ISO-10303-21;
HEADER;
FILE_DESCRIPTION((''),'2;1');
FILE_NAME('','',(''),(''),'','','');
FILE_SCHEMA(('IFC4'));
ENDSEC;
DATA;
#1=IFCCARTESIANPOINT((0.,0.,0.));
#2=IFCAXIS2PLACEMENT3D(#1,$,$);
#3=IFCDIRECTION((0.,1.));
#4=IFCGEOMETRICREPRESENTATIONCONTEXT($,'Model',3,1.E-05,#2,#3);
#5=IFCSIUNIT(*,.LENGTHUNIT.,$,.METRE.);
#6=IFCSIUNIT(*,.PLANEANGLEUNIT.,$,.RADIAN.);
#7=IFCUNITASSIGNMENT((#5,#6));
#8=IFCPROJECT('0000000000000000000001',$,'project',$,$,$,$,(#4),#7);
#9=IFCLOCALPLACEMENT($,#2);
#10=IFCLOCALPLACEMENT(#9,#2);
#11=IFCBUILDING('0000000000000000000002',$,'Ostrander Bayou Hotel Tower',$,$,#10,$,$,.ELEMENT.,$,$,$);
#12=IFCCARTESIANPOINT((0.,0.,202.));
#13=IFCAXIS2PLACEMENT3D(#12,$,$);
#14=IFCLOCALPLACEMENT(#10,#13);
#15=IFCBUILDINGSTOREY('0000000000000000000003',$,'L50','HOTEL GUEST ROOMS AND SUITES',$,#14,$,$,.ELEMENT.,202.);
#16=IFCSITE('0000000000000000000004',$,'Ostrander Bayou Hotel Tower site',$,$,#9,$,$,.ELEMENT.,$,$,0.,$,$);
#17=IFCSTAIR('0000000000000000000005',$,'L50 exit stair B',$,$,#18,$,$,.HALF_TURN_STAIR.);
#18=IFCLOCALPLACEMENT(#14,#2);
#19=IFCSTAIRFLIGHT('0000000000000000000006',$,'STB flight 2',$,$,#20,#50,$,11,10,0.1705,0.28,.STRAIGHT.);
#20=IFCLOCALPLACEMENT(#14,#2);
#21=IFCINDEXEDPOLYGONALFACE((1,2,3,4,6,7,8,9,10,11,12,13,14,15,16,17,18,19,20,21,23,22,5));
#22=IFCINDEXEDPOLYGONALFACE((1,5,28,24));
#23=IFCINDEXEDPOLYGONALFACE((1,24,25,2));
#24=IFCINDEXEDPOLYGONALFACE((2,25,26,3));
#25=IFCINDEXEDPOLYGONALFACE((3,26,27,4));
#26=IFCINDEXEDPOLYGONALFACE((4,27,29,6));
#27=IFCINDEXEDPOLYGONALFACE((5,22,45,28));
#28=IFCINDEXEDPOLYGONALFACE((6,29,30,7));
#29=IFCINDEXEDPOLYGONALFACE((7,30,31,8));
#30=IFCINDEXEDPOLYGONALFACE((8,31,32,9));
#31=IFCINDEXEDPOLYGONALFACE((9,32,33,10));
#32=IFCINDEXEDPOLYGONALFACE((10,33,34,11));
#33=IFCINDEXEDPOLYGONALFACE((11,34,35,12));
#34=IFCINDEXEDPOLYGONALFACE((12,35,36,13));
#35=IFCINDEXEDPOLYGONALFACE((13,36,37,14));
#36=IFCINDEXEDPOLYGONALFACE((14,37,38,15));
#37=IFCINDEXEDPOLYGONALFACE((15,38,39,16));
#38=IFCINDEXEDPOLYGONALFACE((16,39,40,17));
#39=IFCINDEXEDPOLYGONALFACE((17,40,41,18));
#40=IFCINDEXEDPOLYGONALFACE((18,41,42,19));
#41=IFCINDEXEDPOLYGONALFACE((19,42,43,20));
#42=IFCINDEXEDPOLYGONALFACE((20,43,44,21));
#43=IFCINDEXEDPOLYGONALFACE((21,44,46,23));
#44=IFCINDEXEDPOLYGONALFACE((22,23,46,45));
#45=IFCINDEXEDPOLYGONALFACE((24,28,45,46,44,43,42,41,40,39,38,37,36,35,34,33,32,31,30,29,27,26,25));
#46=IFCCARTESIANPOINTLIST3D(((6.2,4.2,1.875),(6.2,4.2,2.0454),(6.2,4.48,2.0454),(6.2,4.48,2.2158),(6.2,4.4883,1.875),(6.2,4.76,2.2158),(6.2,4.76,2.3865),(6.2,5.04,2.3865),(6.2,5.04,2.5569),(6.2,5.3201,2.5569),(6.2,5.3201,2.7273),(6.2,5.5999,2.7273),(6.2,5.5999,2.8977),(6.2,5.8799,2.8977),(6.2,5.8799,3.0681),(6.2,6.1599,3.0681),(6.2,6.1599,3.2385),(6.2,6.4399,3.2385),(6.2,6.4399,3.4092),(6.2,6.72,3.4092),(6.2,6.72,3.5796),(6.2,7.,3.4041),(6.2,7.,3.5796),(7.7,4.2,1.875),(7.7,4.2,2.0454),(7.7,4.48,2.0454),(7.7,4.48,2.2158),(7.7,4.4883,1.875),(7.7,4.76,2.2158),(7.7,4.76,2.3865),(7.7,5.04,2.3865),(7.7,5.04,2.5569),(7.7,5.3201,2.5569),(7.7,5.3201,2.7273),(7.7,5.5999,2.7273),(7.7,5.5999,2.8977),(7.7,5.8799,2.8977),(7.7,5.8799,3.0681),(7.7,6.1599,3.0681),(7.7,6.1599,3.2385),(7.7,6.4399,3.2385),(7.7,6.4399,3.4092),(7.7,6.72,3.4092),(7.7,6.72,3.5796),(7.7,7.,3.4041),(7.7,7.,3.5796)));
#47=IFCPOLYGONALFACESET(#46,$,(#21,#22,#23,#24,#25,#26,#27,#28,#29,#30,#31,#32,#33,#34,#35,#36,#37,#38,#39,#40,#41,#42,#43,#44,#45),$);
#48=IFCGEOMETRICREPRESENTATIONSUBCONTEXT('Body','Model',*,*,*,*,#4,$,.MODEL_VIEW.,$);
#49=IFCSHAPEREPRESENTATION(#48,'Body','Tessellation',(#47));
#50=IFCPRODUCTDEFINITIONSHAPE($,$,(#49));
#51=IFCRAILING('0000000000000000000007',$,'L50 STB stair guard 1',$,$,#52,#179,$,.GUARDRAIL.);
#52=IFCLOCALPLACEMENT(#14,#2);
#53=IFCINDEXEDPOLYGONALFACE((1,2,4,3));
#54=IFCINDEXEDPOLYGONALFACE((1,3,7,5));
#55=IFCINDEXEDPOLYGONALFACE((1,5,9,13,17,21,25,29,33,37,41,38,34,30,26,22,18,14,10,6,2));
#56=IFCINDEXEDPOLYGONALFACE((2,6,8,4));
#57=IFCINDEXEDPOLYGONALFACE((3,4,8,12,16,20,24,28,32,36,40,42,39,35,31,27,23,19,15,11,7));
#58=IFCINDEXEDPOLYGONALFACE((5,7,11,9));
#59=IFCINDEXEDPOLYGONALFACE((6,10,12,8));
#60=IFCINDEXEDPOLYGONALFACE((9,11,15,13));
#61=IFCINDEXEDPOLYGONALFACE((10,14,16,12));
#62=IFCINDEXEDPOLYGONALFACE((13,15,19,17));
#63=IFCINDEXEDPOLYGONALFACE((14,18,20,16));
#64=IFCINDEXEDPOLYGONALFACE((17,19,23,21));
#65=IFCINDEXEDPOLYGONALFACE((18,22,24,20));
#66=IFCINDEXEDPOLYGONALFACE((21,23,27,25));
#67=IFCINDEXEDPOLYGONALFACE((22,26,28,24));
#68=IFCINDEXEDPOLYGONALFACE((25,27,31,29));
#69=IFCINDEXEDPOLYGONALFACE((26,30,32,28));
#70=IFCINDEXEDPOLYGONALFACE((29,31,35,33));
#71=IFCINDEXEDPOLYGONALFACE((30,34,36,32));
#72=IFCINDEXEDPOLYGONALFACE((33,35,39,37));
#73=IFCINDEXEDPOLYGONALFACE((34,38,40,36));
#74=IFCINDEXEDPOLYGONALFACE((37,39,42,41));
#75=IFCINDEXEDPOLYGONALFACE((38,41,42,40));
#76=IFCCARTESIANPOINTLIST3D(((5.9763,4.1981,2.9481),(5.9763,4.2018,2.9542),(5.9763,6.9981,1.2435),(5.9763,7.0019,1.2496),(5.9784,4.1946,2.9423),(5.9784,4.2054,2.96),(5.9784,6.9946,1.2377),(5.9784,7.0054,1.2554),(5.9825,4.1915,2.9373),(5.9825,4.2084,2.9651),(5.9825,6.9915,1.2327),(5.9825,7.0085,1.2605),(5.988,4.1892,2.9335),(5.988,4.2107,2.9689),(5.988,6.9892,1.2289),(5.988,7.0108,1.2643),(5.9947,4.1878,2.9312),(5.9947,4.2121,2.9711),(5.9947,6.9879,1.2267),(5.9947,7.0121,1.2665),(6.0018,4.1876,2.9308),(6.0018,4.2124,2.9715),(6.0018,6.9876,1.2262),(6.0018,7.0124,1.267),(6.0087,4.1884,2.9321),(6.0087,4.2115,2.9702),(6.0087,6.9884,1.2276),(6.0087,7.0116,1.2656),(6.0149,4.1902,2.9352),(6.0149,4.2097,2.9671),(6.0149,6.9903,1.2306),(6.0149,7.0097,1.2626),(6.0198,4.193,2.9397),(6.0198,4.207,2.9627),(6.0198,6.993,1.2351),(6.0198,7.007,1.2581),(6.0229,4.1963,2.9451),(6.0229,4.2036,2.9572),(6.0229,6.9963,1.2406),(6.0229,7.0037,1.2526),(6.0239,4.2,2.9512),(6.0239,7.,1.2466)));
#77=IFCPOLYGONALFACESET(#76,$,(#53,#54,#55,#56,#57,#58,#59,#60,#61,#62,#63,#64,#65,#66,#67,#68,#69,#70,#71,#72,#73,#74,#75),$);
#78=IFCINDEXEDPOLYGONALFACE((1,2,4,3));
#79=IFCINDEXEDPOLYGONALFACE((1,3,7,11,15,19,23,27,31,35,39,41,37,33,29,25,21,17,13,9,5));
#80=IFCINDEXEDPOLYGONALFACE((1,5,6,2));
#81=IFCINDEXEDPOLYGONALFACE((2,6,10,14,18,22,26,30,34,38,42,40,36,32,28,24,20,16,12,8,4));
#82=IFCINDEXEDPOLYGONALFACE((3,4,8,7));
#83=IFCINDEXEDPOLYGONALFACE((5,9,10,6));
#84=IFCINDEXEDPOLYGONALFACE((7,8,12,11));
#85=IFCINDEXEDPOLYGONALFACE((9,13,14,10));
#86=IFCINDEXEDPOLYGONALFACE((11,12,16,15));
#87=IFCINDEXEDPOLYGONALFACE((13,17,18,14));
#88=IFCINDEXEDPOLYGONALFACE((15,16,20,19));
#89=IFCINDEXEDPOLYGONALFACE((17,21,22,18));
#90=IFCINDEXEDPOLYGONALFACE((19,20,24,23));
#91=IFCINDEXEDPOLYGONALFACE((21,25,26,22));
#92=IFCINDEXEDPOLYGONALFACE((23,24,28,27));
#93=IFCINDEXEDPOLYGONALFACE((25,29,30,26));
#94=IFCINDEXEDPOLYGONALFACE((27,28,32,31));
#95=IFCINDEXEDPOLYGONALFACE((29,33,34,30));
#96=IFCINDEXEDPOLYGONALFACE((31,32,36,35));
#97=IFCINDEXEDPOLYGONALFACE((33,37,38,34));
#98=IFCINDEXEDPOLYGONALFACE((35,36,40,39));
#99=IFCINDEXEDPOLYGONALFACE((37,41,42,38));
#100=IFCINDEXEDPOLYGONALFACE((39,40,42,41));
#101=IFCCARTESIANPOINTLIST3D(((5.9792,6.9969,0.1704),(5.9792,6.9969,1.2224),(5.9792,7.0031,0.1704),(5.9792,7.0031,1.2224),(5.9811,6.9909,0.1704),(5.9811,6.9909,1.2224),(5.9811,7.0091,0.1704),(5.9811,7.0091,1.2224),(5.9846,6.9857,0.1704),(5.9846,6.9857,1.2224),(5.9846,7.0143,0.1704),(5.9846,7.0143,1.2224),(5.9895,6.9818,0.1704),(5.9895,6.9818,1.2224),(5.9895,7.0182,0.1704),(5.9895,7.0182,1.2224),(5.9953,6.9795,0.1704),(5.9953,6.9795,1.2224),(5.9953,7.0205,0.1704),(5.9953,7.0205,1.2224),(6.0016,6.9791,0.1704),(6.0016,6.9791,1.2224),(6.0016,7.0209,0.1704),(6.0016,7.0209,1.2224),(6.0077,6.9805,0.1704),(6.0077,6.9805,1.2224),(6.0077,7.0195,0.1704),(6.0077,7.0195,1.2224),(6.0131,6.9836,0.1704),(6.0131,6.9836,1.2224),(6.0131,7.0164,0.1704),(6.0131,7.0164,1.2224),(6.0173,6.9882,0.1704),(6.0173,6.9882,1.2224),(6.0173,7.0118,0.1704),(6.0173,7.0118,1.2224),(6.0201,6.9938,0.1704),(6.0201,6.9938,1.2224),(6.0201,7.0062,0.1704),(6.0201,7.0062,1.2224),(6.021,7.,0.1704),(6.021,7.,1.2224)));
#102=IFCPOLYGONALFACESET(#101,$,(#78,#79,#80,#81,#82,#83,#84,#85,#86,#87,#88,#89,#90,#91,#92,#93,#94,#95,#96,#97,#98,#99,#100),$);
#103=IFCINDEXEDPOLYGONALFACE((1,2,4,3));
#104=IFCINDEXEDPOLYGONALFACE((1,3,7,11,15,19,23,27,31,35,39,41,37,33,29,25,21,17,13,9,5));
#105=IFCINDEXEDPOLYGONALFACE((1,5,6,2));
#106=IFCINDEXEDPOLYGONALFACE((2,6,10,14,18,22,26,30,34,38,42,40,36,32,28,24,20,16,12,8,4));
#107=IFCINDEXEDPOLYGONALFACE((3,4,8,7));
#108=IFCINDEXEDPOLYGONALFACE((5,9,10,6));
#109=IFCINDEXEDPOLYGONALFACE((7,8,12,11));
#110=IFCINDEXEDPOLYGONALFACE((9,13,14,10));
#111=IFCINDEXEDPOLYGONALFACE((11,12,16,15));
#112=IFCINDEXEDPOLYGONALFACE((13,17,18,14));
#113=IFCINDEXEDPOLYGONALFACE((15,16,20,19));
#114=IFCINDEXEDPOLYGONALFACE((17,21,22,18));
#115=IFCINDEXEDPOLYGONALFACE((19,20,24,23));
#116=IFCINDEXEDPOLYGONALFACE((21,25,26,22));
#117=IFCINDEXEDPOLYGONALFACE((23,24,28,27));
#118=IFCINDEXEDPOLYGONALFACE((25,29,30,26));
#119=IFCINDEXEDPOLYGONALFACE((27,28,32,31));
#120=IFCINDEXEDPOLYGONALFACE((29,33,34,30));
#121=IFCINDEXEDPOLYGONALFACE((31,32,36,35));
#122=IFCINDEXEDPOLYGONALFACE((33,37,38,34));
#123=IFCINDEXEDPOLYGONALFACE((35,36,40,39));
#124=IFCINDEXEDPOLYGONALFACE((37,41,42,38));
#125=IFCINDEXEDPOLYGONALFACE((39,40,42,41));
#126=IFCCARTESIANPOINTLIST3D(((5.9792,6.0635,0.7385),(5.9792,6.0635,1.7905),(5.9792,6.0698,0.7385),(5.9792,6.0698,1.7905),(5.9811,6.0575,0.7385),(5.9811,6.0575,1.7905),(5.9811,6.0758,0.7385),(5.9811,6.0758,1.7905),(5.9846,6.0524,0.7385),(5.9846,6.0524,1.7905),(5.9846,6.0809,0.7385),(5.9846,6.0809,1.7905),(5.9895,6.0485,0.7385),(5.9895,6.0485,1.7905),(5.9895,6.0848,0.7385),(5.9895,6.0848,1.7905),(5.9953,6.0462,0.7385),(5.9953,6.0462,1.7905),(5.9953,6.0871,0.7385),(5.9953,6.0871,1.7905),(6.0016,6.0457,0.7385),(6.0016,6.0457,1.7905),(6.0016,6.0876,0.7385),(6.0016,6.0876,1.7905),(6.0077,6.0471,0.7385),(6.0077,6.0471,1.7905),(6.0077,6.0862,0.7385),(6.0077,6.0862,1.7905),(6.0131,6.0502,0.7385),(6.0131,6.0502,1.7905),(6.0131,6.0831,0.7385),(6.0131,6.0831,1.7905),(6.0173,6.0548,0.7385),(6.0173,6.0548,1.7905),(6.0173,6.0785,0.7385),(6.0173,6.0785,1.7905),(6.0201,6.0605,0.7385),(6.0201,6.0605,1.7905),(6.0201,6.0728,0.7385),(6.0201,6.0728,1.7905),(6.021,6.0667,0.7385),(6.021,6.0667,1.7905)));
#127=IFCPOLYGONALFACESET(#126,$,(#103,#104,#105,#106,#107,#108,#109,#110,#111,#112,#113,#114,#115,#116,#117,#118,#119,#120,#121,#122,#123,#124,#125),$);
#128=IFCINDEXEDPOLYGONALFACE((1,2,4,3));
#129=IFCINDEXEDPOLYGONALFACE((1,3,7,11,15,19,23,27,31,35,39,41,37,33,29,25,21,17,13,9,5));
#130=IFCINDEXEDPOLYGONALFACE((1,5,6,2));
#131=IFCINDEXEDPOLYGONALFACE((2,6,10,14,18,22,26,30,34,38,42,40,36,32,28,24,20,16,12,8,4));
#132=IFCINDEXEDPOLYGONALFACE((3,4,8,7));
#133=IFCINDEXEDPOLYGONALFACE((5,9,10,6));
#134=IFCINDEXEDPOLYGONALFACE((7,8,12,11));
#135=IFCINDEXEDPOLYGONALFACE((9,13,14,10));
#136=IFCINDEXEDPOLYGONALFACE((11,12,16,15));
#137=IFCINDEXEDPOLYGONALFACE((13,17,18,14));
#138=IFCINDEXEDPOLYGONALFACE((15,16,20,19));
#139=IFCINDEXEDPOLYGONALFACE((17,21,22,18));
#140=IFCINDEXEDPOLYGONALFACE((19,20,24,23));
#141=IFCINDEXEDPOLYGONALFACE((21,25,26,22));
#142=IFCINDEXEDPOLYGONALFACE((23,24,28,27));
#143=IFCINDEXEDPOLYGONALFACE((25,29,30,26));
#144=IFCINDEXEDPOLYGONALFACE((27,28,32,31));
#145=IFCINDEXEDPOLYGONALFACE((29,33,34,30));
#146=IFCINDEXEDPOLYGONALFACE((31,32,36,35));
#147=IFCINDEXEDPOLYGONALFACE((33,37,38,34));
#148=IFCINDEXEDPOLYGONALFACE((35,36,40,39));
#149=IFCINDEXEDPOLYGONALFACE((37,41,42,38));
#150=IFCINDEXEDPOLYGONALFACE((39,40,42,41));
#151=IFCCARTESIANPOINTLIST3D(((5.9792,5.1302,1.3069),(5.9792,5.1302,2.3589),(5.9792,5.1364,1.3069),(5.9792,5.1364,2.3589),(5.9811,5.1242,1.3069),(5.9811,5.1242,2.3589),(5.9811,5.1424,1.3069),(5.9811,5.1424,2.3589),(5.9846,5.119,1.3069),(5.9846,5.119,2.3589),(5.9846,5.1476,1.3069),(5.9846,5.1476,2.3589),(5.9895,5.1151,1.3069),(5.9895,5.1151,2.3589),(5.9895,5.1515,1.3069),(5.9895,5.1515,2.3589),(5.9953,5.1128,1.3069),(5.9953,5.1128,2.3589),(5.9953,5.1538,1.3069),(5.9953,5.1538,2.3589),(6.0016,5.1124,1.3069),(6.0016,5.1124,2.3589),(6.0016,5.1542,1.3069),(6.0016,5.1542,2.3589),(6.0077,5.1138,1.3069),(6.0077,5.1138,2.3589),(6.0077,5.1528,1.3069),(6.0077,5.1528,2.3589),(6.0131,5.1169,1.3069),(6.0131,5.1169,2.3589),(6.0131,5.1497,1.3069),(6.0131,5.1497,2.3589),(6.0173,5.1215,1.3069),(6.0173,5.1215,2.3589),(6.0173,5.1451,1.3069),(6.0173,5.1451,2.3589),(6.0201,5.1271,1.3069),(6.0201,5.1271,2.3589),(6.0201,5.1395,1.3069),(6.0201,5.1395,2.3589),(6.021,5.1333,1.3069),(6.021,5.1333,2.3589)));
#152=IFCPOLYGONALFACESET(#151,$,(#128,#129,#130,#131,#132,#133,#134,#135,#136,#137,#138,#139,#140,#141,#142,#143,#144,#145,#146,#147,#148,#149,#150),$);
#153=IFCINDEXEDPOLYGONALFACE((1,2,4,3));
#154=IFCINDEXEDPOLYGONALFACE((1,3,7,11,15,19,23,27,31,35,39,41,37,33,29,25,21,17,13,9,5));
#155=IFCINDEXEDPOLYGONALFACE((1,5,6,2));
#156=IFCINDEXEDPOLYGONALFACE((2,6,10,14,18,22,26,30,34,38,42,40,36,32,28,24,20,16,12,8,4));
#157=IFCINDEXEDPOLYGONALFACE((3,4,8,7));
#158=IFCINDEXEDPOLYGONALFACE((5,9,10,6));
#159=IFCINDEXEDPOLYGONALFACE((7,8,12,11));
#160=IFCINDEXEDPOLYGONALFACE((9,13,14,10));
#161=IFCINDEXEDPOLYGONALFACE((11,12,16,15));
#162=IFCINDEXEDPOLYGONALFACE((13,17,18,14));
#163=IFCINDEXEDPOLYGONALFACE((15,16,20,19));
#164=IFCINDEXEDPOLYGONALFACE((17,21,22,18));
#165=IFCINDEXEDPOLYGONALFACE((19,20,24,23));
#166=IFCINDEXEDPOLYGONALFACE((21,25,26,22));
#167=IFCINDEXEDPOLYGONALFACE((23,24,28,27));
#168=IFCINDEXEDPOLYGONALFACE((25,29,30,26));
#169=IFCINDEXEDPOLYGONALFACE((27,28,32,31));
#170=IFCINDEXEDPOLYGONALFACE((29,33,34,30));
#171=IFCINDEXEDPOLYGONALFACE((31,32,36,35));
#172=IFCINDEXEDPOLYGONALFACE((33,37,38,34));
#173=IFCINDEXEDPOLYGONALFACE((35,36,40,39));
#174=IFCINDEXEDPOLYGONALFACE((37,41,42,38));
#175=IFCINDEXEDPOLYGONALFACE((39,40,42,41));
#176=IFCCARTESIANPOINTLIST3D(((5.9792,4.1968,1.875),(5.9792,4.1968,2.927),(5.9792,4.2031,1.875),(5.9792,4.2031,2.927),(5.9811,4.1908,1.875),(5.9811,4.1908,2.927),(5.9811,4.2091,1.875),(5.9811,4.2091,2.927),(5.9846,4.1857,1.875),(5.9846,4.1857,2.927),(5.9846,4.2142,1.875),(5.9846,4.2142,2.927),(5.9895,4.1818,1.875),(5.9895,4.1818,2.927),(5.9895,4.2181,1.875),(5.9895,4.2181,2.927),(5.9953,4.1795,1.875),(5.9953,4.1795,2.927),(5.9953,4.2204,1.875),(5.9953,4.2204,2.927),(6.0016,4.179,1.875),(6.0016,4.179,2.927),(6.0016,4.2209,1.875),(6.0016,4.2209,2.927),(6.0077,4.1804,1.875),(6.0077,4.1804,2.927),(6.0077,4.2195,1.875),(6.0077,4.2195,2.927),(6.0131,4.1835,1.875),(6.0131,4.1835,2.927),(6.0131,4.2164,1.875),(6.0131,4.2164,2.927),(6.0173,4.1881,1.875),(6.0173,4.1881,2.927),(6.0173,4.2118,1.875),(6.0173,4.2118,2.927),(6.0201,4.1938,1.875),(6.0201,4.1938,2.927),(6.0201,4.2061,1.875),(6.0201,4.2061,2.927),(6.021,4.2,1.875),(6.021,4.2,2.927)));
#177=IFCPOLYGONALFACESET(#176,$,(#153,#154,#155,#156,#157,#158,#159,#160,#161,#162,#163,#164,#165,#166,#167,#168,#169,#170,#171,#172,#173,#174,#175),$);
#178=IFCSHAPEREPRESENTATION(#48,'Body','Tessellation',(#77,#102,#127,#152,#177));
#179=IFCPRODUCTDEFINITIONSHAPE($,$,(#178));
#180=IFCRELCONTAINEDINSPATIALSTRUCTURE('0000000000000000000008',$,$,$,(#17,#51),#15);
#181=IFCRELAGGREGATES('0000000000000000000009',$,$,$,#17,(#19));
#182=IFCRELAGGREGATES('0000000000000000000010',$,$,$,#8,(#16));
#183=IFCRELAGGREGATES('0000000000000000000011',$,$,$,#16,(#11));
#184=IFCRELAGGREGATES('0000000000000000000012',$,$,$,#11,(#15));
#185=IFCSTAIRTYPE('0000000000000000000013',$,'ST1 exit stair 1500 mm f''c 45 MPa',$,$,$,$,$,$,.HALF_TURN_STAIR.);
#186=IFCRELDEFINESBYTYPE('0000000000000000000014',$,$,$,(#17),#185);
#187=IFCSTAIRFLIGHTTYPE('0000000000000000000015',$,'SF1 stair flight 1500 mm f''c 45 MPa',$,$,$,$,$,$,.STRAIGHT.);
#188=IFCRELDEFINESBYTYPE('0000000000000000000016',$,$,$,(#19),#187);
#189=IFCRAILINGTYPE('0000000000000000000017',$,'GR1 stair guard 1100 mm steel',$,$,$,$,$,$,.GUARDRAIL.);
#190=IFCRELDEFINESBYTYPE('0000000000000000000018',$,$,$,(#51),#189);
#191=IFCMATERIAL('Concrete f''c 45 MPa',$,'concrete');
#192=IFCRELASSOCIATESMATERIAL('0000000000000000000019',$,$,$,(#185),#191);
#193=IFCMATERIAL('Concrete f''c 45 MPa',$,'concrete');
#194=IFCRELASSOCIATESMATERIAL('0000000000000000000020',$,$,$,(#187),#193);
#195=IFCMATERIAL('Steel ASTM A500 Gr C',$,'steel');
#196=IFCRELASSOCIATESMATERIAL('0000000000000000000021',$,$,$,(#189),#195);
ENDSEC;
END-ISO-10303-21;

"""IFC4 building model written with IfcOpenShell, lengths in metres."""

from ifc_helpers import new_model, si_unit, direction, frame, origin, origin_2d, place, context, subcontext, project, spatial, polyline, circle, outline, extrude, material, type_object, element, aggregate, save


model = new_model("IFC4")

# Units and contexts
model_context = context("Model", 3, precision=1e-05, world=origin(), true_north=direction((0.0, 1.0)))
body_context = subcontext(model_context, "Body", "Model", "MODEL_VIEW")
ifc_project = project(units=[si_unit("LENGTHUNIT", "METRE"), si_unit("PLANEANGLEUNIT", "RADIAN")], contexts=[model_context])

# Site, building, storey
site_placement = place(None, origin())
site = spatial("IfcSite", under=ifc_project, at=site_placement, Name="Ostrander Bayou Hotel Tower site", CompositionType="ELEMENT", RefElevation=0.0)
building_placement = place(site_placement, origin())
building = spatial("IfcBuilding", under=site, at=building_placement, Name="Ostrander Bayou Hotel Tower", CompositionType="ELEMENT")
storey_placement = place(building_placement, frame((0.0, 0.0, 202.0)))
storey = spatial("IfcBuildingStorey", under=building, at=storey_placement, Name="L50", Description="HOTEL GUEST ROOMS AND SUITES", CompositionType="ELEMENT", Elevation=202.0)

# Stair, stair flight
ifc_material_1 = material(Name="Concrete f'c 45 MPa", Category="concrete")
stair_type = type_object("IfcStairType", Name="ST1 exit stair 1500 mm f'c 45 MPa", PredefinedType="HALF_TURN_STAIR", material=ifc_material_1)
stair_placement = place(storey_placement, origin())
stair = element("IfcStair", 1, at=stair_placement, inside=storey, type_object=stair_type, Name="L50 exit stair B", PredefinedType="HALF_TURN_STAIR")
ifc_material_2 = material(Name="Concrete f'c 45 MPa", Category="concrete")
stair_flight_type = type_object("IfcStairFlightType", Name="SF1 stair flight 1500 mm f'c 45 MPa", PredefinedType="STRAIGHT", material=ifc_material_2)
stair_flight_1_placement = place(storey_placement, frame((6.95, 4.2, 1.875), z_axis=(0.0, 0.0, 1.0), x_axis=(0.0, 1.0, 0.0)))
stair_flight_1 = element("IfcStairFlight", 2, at=stair_flight_1_placement, type_object=stair_flight_type, Name="STB flight 2", NumberOfRisers=11, NumberOfTreads=10, PredefinedType="STRAIGHT", RiserHeight=0.1705, TreadLength=0.28, context=body_context, shape_type="SweptSolid", body=[
    extrude(outline(polyline([(0.0, 0.0), (0.0, 0.1704), (0.28, 0.1704), (0.28, 0.3408), (0.5601, 0.3408), (0.5601, 0.5115), (0.8401, 0.5115), (0.8401, 0.6819), (1.1201, 0.6819), (1.1201, 0.8523), (1.3999, 0.8523), (1.3999, 1.0227), (1.6799, 1.0227), (1.6799, 1.1931), (1.96, 1.1931), (1.96, 1.3635), (2.24, 1.3635), (2.24, 1.5342), (2.52, 1.5342), (2.52, 1.7046), (2.8, 1.7046), (2.8, 1.875), (2.8, 1.5291), (0.2883, 0.0), (0.0, 0.0)])), frame((0.0, 0.75, 0.0), z_axis=(0.0, -1.0, 0.0), x_axis=(1.0, 0.0, 0.0)), (0.0, 0.0, 1.0), 1.5),
])
aggregate(stair, [stair_flight_1])

# Railing
ifc_material_3 = material(Name="Steel ASTM A500 Gr C", Category="steel")
railing_type_1 = type_object("IfcRailingType", Name="GR1 stair guard 1100 mm steel", PredefinedType="GUARDRAIL", material=ifc_material_3)
railing_1_placement = place(storey_placement, frame((6.0, 7.0, 0.1704)))
element("IfcRailing", 3, at=railing_1_placement, inside=storey, type_object=railing_type_1, Name="L50 STB stair guard 1", PredefinedType="GUARDRAIL", context=body_context, shape_type="SweptSolid", body=[
    extrude(circle(Radius=0.0239, at=origin_2d()), frame((0.0, 0.0, 1.0762), z_axis=(0.0, -0.85417, 0.519994), x_axis=(1.0, 0.0, 0.0)), (0.0, 0.0, 1.0), 3.2781),
    extrude(circle(Radius=0.021, at=origin_2d()), origin(), (0.0, 0.0, 1.0), 1.052),
    extrude(circle(Radius=0.021, at=origin_2d()), frame((0.0, -0.9333, 0.5681)), (0.0, 0.0, 1.0), 1.052),
    extrude(circle(Radius=0.021, at=origin_2d()), frame((0.0, -1.8667, 1.1365)), (0.0, 0.0, 1.0), 1.052),
    extrude(circle(Radius=0.021, at=origin_2d()), frame((0.0, -2.8, 1.7046)), (0.0, 0.0, 1.0), 1.052),
])

save(model, "model.ifc")
